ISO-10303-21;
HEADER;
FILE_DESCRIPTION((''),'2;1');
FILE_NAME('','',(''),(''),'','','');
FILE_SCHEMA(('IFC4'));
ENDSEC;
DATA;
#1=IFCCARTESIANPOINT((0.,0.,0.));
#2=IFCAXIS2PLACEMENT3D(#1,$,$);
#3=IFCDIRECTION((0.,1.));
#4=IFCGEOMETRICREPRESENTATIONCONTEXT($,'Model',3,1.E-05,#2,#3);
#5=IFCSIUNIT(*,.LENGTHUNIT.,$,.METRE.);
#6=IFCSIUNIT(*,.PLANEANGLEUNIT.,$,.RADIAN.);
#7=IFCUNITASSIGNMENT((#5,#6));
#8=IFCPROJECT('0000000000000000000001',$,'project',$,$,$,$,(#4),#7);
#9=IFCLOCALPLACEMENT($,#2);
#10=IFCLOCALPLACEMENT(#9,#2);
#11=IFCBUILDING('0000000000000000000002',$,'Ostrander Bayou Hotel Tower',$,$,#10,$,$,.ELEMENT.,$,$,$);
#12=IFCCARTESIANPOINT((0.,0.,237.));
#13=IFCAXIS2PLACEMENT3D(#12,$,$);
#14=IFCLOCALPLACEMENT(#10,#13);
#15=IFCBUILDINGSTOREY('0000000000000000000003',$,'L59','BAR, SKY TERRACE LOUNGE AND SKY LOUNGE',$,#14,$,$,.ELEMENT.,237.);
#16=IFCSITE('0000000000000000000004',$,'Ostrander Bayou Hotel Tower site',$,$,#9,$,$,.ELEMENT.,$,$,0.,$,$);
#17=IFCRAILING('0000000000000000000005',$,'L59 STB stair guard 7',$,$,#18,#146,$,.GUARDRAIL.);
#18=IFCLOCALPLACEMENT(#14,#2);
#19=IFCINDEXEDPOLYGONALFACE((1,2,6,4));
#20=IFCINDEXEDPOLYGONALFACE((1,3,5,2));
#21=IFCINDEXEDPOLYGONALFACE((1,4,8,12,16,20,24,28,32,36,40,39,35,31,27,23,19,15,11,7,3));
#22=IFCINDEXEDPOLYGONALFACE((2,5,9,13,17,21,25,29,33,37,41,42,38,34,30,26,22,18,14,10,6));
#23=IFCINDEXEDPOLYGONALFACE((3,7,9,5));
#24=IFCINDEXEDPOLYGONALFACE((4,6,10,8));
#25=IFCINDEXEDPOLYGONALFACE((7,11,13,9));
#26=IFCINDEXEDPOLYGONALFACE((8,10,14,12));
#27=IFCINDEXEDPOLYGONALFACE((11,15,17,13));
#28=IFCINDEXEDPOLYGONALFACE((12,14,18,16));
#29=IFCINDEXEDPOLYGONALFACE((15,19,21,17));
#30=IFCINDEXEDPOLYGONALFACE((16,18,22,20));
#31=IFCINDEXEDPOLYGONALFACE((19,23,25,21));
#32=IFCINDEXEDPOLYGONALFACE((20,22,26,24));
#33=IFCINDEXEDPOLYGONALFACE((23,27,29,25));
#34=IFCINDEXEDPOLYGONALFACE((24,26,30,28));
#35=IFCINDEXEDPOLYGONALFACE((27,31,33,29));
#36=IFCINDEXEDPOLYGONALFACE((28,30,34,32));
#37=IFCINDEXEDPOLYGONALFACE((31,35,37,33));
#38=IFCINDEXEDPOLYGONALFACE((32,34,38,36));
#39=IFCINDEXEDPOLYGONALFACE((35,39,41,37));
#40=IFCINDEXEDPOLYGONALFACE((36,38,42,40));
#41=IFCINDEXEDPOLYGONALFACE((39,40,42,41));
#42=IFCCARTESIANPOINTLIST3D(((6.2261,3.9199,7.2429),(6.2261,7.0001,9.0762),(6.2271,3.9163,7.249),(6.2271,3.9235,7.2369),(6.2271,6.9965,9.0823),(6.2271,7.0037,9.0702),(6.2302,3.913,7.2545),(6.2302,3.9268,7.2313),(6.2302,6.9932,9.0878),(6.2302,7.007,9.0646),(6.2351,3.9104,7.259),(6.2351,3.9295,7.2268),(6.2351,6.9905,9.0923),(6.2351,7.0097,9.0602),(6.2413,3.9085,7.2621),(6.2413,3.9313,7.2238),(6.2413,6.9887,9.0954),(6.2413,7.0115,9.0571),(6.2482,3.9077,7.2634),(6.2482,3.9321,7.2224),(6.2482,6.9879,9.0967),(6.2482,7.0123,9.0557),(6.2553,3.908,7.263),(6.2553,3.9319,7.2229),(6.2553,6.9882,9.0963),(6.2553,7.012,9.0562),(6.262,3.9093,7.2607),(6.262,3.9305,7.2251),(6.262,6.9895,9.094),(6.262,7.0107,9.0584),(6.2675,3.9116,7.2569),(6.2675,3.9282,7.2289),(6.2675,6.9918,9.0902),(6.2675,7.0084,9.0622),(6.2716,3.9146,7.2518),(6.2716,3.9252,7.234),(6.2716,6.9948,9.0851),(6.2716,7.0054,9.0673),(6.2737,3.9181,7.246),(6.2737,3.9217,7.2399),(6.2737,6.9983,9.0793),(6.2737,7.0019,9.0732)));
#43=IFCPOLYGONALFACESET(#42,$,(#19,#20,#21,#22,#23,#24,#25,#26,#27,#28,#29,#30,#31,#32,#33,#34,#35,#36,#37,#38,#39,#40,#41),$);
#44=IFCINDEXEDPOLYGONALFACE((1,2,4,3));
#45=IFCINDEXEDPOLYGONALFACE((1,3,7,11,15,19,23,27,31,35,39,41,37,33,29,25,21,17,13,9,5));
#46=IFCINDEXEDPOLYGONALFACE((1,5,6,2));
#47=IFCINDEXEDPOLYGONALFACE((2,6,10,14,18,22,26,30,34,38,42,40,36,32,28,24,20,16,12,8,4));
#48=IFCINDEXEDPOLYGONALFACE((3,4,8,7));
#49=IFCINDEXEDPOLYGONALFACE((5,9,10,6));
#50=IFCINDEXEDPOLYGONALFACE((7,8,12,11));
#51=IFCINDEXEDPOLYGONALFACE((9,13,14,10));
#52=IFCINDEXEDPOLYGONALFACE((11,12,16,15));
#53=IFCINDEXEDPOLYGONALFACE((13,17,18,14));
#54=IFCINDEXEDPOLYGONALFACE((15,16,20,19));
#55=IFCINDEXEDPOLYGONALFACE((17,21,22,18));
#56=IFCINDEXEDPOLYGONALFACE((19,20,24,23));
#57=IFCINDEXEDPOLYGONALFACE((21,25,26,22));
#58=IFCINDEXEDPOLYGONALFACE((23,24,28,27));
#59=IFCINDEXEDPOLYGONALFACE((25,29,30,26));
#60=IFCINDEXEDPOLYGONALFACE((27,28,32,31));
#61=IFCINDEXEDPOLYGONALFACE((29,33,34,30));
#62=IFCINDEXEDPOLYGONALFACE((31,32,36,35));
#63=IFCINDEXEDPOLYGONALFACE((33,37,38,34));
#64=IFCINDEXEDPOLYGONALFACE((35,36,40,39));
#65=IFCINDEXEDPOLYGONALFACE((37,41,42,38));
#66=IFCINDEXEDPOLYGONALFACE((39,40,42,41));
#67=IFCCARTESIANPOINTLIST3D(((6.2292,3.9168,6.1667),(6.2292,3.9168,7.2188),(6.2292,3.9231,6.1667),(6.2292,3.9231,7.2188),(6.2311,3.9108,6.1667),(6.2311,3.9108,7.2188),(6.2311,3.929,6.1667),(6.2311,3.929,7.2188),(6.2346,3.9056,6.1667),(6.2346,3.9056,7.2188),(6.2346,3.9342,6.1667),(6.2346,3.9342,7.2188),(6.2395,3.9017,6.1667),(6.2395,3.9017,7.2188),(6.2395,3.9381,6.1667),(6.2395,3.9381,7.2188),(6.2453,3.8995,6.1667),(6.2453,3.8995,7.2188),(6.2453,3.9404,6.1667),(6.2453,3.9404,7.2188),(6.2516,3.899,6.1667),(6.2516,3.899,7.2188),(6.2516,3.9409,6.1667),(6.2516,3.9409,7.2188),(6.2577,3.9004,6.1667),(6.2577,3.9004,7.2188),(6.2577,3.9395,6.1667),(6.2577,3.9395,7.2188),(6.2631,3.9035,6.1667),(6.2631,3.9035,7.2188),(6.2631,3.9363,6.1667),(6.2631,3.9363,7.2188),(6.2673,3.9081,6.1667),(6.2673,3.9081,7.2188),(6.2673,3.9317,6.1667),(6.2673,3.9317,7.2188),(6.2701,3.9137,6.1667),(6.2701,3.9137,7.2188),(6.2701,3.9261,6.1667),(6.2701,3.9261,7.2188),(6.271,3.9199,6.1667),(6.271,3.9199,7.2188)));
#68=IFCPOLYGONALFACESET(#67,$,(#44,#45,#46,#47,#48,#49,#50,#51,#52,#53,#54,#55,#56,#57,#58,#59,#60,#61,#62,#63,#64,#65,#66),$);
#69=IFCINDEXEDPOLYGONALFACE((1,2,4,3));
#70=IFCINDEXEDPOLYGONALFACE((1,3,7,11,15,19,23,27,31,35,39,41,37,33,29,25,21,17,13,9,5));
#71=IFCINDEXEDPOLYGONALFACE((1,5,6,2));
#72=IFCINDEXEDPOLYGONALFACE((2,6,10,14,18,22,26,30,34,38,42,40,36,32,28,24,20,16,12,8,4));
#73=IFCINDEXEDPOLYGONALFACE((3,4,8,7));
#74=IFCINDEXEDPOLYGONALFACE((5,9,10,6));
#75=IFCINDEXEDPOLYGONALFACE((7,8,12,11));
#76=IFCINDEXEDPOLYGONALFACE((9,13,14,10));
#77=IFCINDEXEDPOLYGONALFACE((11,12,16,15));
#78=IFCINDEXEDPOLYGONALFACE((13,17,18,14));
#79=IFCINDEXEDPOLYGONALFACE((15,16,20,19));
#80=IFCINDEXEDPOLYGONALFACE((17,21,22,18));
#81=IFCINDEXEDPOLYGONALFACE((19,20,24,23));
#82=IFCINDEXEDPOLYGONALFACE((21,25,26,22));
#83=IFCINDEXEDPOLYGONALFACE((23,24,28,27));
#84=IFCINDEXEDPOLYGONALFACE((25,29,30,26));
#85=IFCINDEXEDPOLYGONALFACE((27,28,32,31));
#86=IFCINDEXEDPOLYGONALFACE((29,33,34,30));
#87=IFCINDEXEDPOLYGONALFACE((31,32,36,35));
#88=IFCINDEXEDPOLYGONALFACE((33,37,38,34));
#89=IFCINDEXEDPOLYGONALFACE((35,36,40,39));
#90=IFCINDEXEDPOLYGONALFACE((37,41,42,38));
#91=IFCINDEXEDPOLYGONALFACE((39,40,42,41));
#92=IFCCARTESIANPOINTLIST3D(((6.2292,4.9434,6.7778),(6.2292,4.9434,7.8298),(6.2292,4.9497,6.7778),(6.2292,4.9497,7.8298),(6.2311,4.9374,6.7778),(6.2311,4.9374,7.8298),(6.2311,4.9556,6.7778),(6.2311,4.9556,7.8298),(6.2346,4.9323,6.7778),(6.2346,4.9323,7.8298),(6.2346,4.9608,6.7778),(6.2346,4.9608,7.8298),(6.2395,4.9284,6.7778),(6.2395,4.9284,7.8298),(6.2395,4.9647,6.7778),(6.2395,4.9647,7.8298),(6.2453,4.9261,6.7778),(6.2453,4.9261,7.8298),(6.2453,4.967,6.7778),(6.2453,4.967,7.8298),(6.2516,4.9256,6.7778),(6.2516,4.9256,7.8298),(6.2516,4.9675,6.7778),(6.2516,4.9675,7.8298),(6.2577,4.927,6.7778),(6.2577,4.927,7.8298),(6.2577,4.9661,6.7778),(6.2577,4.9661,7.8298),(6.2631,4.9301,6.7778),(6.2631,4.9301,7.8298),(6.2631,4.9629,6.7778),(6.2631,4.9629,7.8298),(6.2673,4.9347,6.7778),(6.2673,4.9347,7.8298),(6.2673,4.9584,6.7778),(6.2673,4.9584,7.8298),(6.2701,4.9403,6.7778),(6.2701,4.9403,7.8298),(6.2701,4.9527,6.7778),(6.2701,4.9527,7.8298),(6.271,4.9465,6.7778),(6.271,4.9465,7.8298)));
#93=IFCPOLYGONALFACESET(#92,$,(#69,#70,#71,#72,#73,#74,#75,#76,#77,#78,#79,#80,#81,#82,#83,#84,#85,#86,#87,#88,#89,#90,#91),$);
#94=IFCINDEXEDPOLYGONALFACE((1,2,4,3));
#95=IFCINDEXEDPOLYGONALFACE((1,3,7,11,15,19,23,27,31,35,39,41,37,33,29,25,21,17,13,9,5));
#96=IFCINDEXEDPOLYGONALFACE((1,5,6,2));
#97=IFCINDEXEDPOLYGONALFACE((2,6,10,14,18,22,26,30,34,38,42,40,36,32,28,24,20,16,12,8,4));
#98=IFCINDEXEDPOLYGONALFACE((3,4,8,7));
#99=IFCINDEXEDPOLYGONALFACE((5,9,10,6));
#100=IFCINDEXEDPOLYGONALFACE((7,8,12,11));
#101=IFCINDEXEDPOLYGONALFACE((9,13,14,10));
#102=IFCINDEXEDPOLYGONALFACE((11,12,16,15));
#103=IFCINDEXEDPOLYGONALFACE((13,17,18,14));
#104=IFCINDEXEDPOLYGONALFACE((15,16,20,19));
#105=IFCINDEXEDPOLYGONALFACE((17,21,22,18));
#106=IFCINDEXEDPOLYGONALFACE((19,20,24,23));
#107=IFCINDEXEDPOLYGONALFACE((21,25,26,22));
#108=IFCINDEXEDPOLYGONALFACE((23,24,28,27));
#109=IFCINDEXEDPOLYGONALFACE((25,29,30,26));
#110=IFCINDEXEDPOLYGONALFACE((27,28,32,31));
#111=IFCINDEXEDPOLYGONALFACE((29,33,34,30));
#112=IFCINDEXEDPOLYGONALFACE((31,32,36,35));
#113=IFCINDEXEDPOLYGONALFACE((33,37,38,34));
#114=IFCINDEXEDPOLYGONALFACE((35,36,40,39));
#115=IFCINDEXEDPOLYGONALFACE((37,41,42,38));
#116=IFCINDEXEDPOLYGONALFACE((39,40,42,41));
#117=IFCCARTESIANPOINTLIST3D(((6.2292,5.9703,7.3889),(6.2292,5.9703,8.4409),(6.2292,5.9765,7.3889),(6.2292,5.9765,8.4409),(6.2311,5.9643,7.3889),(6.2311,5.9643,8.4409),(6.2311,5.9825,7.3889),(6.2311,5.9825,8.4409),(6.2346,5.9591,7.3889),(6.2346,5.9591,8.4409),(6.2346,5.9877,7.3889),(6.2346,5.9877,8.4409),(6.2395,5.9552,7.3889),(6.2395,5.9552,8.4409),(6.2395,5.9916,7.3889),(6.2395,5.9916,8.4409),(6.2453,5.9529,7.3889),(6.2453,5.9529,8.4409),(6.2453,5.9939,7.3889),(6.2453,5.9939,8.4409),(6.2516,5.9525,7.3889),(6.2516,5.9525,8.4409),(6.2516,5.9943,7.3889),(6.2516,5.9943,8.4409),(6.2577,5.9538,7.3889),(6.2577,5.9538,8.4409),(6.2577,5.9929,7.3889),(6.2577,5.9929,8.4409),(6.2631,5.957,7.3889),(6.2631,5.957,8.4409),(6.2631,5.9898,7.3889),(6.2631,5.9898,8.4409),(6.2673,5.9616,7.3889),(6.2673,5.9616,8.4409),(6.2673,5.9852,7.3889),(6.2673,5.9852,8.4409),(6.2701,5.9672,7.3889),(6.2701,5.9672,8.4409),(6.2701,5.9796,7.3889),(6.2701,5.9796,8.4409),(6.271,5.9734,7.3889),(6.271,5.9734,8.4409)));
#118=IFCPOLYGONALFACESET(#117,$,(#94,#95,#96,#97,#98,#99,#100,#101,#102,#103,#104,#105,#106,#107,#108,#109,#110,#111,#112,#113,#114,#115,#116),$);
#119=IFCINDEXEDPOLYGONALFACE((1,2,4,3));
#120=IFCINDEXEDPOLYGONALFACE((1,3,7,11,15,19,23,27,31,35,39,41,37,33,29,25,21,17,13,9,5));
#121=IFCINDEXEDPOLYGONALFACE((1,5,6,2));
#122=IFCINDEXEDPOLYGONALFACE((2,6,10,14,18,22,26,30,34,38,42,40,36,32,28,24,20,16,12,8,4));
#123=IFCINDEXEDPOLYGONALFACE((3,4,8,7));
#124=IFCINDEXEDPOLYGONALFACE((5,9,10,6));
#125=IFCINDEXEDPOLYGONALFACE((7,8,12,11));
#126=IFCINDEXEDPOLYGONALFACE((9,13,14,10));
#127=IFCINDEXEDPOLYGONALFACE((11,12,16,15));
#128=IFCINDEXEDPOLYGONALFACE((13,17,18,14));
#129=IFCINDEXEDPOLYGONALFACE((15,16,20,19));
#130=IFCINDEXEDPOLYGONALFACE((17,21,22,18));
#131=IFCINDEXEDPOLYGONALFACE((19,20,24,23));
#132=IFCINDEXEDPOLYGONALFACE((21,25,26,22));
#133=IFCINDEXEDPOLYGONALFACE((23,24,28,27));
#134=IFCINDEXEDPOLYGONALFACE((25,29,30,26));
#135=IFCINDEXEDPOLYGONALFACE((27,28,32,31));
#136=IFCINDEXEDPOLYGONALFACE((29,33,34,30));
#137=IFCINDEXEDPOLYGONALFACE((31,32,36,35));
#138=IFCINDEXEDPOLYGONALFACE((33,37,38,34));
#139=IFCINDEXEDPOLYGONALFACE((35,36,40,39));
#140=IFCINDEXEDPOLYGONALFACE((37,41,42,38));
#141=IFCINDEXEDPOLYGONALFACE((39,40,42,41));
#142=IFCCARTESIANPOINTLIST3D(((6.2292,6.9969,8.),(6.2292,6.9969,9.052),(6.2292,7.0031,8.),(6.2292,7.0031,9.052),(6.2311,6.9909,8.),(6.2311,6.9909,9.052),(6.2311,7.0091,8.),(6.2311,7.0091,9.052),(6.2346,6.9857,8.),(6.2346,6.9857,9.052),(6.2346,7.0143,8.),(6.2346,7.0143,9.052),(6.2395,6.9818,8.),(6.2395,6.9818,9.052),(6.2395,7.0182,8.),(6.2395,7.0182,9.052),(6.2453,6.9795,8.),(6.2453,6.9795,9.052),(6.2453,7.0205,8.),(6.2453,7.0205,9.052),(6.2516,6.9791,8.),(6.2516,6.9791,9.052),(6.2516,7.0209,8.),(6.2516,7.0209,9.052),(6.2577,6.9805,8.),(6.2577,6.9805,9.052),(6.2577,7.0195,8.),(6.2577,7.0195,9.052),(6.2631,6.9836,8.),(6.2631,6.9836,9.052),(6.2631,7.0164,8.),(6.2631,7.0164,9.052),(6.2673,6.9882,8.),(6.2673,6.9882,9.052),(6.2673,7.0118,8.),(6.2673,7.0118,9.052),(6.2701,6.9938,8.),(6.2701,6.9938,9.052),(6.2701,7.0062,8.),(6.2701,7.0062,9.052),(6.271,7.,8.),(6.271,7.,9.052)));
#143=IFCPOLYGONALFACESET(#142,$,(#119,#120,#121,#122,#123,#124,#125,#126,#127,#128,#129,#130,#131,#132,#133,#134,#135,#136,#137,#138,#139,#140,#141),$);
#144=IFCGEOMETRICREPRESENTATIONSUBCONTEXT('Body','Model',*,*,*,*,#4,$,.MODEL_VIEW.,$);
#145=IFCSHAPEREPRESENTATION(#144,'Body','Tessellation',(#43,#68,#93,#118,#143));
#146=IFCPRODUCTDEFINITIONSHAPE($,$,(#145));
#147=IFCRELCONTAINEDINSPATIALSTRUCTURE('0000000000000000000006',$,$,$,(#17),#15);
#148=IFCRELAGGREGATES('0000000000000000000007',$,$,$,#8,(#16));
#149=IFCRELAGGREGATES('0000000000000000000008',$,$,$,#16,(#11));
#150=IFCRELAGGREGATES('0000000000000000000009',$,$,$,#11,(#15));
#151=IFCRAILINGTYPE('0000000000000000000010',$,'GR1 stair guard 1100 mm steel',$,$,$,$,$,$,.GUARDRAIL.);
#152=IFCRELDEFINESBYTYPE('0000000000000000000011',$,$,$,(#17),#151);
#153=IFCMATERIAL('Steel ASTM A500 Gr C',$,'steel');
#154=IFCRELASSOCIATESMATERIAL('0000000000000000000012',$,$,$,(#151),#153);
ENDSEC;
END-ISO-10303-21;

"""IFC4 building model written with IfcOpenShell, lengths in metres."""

from ifc_helpers import new_model, si_unit, direction, frame, origin, origin_2d, place, context, subcontext, project, spatial, circle, extrude, material, type_object, element, save


model = new_model("IFC4")

# Units and contexts
model_context = context("Model", 3, precision=1e-05, world=origin(), true_north=direction((0.0, 1.0)))
body_context = subcontext(model_context, "Body", "Model", "MODEL_VIEW")
ifc_project = project(units=[si_unit("LENGTHUNIT", "METRE"), si_unit("PLANEANGLEUNIT", "RADIAN")], contexts=[model_context])

# Site, building, storey
site_placement = place(None, origin())
site = spatial("IfcSite", under=ifc_project, at=site_placement, Name="Ostrander Bayou Hotel Tower site", CompositionType="ELEMENT", RefElevation=0.0)
building_placement = place(site_placement, origin())
building = spatial("IfcBuilding", under=site, at=building_placement, Name="Ostrander Bayou Hotel Tower", CompositionType="ELEMENT")
storey_placement = place(building_placement, frame((0.0, 0.0, 237.0)))
storey = spatial("IfcBuildingStorey", under=building, at=storey_placement, Name="L59", Description="BAR, SKY TERRACE LOUNGE AND SKY LOUNGE", CompositionType="ELEMENT", Elevation=237.0)

# Railing
ifc_material_1 = material(Name="Steel ASTM A500 Gr C", Category="steel")
railing_type_1 = type_object("IfcRailingType", Name="GR1 stair guard 1100 mm steel", PredefinedType="GUARDRAIL", material=ifc_material_1)
railing_1_placement = place(storey_placement, frame((6.25, 3.9199, 6.1667)))
element("IfcRailing", 1, at=railing_1_placement, inside=storey, type_object=railing_type_1, Name="L59 STB stair guard 7", PredefinedType="GUARDRAIL", context=body_context, shape_type="SweptSolid", body=[
    extrude(circle(Radius=0.0239, at=origin_2d()), frame((0.0, 0.0, 1.0762), z_axis=(0.0, 0.859309, 0.511458), x_axis=(-1.0, 0.0, 0.0)), (0.0, 0.0, 1.0), 3.5845),
    extrude(circle(Radius=0.021, at=origin_2d()), origin(), (0.0, 0.0, 1.0), 1.052),
    extrude(circle(Radius=0.021, at=origin_2d()), frame((0.0, 1.0266, 0.6111)), (0.0, 0.0, 1.0), 1.052),
    extrude(circle(Radius=0.021, at=origin_2d()), frame((0.0, 2.0535, 1.2222)), (0.0, 0.0, 1.0), 1.052),
    extrude(circle(Radius=0.021, at=origin_2d()), frame((0.0, 3.0801, 1.8333)), (0.0, 0.0, 1.0), 1.052),
])

save(model, "model.ifc")
